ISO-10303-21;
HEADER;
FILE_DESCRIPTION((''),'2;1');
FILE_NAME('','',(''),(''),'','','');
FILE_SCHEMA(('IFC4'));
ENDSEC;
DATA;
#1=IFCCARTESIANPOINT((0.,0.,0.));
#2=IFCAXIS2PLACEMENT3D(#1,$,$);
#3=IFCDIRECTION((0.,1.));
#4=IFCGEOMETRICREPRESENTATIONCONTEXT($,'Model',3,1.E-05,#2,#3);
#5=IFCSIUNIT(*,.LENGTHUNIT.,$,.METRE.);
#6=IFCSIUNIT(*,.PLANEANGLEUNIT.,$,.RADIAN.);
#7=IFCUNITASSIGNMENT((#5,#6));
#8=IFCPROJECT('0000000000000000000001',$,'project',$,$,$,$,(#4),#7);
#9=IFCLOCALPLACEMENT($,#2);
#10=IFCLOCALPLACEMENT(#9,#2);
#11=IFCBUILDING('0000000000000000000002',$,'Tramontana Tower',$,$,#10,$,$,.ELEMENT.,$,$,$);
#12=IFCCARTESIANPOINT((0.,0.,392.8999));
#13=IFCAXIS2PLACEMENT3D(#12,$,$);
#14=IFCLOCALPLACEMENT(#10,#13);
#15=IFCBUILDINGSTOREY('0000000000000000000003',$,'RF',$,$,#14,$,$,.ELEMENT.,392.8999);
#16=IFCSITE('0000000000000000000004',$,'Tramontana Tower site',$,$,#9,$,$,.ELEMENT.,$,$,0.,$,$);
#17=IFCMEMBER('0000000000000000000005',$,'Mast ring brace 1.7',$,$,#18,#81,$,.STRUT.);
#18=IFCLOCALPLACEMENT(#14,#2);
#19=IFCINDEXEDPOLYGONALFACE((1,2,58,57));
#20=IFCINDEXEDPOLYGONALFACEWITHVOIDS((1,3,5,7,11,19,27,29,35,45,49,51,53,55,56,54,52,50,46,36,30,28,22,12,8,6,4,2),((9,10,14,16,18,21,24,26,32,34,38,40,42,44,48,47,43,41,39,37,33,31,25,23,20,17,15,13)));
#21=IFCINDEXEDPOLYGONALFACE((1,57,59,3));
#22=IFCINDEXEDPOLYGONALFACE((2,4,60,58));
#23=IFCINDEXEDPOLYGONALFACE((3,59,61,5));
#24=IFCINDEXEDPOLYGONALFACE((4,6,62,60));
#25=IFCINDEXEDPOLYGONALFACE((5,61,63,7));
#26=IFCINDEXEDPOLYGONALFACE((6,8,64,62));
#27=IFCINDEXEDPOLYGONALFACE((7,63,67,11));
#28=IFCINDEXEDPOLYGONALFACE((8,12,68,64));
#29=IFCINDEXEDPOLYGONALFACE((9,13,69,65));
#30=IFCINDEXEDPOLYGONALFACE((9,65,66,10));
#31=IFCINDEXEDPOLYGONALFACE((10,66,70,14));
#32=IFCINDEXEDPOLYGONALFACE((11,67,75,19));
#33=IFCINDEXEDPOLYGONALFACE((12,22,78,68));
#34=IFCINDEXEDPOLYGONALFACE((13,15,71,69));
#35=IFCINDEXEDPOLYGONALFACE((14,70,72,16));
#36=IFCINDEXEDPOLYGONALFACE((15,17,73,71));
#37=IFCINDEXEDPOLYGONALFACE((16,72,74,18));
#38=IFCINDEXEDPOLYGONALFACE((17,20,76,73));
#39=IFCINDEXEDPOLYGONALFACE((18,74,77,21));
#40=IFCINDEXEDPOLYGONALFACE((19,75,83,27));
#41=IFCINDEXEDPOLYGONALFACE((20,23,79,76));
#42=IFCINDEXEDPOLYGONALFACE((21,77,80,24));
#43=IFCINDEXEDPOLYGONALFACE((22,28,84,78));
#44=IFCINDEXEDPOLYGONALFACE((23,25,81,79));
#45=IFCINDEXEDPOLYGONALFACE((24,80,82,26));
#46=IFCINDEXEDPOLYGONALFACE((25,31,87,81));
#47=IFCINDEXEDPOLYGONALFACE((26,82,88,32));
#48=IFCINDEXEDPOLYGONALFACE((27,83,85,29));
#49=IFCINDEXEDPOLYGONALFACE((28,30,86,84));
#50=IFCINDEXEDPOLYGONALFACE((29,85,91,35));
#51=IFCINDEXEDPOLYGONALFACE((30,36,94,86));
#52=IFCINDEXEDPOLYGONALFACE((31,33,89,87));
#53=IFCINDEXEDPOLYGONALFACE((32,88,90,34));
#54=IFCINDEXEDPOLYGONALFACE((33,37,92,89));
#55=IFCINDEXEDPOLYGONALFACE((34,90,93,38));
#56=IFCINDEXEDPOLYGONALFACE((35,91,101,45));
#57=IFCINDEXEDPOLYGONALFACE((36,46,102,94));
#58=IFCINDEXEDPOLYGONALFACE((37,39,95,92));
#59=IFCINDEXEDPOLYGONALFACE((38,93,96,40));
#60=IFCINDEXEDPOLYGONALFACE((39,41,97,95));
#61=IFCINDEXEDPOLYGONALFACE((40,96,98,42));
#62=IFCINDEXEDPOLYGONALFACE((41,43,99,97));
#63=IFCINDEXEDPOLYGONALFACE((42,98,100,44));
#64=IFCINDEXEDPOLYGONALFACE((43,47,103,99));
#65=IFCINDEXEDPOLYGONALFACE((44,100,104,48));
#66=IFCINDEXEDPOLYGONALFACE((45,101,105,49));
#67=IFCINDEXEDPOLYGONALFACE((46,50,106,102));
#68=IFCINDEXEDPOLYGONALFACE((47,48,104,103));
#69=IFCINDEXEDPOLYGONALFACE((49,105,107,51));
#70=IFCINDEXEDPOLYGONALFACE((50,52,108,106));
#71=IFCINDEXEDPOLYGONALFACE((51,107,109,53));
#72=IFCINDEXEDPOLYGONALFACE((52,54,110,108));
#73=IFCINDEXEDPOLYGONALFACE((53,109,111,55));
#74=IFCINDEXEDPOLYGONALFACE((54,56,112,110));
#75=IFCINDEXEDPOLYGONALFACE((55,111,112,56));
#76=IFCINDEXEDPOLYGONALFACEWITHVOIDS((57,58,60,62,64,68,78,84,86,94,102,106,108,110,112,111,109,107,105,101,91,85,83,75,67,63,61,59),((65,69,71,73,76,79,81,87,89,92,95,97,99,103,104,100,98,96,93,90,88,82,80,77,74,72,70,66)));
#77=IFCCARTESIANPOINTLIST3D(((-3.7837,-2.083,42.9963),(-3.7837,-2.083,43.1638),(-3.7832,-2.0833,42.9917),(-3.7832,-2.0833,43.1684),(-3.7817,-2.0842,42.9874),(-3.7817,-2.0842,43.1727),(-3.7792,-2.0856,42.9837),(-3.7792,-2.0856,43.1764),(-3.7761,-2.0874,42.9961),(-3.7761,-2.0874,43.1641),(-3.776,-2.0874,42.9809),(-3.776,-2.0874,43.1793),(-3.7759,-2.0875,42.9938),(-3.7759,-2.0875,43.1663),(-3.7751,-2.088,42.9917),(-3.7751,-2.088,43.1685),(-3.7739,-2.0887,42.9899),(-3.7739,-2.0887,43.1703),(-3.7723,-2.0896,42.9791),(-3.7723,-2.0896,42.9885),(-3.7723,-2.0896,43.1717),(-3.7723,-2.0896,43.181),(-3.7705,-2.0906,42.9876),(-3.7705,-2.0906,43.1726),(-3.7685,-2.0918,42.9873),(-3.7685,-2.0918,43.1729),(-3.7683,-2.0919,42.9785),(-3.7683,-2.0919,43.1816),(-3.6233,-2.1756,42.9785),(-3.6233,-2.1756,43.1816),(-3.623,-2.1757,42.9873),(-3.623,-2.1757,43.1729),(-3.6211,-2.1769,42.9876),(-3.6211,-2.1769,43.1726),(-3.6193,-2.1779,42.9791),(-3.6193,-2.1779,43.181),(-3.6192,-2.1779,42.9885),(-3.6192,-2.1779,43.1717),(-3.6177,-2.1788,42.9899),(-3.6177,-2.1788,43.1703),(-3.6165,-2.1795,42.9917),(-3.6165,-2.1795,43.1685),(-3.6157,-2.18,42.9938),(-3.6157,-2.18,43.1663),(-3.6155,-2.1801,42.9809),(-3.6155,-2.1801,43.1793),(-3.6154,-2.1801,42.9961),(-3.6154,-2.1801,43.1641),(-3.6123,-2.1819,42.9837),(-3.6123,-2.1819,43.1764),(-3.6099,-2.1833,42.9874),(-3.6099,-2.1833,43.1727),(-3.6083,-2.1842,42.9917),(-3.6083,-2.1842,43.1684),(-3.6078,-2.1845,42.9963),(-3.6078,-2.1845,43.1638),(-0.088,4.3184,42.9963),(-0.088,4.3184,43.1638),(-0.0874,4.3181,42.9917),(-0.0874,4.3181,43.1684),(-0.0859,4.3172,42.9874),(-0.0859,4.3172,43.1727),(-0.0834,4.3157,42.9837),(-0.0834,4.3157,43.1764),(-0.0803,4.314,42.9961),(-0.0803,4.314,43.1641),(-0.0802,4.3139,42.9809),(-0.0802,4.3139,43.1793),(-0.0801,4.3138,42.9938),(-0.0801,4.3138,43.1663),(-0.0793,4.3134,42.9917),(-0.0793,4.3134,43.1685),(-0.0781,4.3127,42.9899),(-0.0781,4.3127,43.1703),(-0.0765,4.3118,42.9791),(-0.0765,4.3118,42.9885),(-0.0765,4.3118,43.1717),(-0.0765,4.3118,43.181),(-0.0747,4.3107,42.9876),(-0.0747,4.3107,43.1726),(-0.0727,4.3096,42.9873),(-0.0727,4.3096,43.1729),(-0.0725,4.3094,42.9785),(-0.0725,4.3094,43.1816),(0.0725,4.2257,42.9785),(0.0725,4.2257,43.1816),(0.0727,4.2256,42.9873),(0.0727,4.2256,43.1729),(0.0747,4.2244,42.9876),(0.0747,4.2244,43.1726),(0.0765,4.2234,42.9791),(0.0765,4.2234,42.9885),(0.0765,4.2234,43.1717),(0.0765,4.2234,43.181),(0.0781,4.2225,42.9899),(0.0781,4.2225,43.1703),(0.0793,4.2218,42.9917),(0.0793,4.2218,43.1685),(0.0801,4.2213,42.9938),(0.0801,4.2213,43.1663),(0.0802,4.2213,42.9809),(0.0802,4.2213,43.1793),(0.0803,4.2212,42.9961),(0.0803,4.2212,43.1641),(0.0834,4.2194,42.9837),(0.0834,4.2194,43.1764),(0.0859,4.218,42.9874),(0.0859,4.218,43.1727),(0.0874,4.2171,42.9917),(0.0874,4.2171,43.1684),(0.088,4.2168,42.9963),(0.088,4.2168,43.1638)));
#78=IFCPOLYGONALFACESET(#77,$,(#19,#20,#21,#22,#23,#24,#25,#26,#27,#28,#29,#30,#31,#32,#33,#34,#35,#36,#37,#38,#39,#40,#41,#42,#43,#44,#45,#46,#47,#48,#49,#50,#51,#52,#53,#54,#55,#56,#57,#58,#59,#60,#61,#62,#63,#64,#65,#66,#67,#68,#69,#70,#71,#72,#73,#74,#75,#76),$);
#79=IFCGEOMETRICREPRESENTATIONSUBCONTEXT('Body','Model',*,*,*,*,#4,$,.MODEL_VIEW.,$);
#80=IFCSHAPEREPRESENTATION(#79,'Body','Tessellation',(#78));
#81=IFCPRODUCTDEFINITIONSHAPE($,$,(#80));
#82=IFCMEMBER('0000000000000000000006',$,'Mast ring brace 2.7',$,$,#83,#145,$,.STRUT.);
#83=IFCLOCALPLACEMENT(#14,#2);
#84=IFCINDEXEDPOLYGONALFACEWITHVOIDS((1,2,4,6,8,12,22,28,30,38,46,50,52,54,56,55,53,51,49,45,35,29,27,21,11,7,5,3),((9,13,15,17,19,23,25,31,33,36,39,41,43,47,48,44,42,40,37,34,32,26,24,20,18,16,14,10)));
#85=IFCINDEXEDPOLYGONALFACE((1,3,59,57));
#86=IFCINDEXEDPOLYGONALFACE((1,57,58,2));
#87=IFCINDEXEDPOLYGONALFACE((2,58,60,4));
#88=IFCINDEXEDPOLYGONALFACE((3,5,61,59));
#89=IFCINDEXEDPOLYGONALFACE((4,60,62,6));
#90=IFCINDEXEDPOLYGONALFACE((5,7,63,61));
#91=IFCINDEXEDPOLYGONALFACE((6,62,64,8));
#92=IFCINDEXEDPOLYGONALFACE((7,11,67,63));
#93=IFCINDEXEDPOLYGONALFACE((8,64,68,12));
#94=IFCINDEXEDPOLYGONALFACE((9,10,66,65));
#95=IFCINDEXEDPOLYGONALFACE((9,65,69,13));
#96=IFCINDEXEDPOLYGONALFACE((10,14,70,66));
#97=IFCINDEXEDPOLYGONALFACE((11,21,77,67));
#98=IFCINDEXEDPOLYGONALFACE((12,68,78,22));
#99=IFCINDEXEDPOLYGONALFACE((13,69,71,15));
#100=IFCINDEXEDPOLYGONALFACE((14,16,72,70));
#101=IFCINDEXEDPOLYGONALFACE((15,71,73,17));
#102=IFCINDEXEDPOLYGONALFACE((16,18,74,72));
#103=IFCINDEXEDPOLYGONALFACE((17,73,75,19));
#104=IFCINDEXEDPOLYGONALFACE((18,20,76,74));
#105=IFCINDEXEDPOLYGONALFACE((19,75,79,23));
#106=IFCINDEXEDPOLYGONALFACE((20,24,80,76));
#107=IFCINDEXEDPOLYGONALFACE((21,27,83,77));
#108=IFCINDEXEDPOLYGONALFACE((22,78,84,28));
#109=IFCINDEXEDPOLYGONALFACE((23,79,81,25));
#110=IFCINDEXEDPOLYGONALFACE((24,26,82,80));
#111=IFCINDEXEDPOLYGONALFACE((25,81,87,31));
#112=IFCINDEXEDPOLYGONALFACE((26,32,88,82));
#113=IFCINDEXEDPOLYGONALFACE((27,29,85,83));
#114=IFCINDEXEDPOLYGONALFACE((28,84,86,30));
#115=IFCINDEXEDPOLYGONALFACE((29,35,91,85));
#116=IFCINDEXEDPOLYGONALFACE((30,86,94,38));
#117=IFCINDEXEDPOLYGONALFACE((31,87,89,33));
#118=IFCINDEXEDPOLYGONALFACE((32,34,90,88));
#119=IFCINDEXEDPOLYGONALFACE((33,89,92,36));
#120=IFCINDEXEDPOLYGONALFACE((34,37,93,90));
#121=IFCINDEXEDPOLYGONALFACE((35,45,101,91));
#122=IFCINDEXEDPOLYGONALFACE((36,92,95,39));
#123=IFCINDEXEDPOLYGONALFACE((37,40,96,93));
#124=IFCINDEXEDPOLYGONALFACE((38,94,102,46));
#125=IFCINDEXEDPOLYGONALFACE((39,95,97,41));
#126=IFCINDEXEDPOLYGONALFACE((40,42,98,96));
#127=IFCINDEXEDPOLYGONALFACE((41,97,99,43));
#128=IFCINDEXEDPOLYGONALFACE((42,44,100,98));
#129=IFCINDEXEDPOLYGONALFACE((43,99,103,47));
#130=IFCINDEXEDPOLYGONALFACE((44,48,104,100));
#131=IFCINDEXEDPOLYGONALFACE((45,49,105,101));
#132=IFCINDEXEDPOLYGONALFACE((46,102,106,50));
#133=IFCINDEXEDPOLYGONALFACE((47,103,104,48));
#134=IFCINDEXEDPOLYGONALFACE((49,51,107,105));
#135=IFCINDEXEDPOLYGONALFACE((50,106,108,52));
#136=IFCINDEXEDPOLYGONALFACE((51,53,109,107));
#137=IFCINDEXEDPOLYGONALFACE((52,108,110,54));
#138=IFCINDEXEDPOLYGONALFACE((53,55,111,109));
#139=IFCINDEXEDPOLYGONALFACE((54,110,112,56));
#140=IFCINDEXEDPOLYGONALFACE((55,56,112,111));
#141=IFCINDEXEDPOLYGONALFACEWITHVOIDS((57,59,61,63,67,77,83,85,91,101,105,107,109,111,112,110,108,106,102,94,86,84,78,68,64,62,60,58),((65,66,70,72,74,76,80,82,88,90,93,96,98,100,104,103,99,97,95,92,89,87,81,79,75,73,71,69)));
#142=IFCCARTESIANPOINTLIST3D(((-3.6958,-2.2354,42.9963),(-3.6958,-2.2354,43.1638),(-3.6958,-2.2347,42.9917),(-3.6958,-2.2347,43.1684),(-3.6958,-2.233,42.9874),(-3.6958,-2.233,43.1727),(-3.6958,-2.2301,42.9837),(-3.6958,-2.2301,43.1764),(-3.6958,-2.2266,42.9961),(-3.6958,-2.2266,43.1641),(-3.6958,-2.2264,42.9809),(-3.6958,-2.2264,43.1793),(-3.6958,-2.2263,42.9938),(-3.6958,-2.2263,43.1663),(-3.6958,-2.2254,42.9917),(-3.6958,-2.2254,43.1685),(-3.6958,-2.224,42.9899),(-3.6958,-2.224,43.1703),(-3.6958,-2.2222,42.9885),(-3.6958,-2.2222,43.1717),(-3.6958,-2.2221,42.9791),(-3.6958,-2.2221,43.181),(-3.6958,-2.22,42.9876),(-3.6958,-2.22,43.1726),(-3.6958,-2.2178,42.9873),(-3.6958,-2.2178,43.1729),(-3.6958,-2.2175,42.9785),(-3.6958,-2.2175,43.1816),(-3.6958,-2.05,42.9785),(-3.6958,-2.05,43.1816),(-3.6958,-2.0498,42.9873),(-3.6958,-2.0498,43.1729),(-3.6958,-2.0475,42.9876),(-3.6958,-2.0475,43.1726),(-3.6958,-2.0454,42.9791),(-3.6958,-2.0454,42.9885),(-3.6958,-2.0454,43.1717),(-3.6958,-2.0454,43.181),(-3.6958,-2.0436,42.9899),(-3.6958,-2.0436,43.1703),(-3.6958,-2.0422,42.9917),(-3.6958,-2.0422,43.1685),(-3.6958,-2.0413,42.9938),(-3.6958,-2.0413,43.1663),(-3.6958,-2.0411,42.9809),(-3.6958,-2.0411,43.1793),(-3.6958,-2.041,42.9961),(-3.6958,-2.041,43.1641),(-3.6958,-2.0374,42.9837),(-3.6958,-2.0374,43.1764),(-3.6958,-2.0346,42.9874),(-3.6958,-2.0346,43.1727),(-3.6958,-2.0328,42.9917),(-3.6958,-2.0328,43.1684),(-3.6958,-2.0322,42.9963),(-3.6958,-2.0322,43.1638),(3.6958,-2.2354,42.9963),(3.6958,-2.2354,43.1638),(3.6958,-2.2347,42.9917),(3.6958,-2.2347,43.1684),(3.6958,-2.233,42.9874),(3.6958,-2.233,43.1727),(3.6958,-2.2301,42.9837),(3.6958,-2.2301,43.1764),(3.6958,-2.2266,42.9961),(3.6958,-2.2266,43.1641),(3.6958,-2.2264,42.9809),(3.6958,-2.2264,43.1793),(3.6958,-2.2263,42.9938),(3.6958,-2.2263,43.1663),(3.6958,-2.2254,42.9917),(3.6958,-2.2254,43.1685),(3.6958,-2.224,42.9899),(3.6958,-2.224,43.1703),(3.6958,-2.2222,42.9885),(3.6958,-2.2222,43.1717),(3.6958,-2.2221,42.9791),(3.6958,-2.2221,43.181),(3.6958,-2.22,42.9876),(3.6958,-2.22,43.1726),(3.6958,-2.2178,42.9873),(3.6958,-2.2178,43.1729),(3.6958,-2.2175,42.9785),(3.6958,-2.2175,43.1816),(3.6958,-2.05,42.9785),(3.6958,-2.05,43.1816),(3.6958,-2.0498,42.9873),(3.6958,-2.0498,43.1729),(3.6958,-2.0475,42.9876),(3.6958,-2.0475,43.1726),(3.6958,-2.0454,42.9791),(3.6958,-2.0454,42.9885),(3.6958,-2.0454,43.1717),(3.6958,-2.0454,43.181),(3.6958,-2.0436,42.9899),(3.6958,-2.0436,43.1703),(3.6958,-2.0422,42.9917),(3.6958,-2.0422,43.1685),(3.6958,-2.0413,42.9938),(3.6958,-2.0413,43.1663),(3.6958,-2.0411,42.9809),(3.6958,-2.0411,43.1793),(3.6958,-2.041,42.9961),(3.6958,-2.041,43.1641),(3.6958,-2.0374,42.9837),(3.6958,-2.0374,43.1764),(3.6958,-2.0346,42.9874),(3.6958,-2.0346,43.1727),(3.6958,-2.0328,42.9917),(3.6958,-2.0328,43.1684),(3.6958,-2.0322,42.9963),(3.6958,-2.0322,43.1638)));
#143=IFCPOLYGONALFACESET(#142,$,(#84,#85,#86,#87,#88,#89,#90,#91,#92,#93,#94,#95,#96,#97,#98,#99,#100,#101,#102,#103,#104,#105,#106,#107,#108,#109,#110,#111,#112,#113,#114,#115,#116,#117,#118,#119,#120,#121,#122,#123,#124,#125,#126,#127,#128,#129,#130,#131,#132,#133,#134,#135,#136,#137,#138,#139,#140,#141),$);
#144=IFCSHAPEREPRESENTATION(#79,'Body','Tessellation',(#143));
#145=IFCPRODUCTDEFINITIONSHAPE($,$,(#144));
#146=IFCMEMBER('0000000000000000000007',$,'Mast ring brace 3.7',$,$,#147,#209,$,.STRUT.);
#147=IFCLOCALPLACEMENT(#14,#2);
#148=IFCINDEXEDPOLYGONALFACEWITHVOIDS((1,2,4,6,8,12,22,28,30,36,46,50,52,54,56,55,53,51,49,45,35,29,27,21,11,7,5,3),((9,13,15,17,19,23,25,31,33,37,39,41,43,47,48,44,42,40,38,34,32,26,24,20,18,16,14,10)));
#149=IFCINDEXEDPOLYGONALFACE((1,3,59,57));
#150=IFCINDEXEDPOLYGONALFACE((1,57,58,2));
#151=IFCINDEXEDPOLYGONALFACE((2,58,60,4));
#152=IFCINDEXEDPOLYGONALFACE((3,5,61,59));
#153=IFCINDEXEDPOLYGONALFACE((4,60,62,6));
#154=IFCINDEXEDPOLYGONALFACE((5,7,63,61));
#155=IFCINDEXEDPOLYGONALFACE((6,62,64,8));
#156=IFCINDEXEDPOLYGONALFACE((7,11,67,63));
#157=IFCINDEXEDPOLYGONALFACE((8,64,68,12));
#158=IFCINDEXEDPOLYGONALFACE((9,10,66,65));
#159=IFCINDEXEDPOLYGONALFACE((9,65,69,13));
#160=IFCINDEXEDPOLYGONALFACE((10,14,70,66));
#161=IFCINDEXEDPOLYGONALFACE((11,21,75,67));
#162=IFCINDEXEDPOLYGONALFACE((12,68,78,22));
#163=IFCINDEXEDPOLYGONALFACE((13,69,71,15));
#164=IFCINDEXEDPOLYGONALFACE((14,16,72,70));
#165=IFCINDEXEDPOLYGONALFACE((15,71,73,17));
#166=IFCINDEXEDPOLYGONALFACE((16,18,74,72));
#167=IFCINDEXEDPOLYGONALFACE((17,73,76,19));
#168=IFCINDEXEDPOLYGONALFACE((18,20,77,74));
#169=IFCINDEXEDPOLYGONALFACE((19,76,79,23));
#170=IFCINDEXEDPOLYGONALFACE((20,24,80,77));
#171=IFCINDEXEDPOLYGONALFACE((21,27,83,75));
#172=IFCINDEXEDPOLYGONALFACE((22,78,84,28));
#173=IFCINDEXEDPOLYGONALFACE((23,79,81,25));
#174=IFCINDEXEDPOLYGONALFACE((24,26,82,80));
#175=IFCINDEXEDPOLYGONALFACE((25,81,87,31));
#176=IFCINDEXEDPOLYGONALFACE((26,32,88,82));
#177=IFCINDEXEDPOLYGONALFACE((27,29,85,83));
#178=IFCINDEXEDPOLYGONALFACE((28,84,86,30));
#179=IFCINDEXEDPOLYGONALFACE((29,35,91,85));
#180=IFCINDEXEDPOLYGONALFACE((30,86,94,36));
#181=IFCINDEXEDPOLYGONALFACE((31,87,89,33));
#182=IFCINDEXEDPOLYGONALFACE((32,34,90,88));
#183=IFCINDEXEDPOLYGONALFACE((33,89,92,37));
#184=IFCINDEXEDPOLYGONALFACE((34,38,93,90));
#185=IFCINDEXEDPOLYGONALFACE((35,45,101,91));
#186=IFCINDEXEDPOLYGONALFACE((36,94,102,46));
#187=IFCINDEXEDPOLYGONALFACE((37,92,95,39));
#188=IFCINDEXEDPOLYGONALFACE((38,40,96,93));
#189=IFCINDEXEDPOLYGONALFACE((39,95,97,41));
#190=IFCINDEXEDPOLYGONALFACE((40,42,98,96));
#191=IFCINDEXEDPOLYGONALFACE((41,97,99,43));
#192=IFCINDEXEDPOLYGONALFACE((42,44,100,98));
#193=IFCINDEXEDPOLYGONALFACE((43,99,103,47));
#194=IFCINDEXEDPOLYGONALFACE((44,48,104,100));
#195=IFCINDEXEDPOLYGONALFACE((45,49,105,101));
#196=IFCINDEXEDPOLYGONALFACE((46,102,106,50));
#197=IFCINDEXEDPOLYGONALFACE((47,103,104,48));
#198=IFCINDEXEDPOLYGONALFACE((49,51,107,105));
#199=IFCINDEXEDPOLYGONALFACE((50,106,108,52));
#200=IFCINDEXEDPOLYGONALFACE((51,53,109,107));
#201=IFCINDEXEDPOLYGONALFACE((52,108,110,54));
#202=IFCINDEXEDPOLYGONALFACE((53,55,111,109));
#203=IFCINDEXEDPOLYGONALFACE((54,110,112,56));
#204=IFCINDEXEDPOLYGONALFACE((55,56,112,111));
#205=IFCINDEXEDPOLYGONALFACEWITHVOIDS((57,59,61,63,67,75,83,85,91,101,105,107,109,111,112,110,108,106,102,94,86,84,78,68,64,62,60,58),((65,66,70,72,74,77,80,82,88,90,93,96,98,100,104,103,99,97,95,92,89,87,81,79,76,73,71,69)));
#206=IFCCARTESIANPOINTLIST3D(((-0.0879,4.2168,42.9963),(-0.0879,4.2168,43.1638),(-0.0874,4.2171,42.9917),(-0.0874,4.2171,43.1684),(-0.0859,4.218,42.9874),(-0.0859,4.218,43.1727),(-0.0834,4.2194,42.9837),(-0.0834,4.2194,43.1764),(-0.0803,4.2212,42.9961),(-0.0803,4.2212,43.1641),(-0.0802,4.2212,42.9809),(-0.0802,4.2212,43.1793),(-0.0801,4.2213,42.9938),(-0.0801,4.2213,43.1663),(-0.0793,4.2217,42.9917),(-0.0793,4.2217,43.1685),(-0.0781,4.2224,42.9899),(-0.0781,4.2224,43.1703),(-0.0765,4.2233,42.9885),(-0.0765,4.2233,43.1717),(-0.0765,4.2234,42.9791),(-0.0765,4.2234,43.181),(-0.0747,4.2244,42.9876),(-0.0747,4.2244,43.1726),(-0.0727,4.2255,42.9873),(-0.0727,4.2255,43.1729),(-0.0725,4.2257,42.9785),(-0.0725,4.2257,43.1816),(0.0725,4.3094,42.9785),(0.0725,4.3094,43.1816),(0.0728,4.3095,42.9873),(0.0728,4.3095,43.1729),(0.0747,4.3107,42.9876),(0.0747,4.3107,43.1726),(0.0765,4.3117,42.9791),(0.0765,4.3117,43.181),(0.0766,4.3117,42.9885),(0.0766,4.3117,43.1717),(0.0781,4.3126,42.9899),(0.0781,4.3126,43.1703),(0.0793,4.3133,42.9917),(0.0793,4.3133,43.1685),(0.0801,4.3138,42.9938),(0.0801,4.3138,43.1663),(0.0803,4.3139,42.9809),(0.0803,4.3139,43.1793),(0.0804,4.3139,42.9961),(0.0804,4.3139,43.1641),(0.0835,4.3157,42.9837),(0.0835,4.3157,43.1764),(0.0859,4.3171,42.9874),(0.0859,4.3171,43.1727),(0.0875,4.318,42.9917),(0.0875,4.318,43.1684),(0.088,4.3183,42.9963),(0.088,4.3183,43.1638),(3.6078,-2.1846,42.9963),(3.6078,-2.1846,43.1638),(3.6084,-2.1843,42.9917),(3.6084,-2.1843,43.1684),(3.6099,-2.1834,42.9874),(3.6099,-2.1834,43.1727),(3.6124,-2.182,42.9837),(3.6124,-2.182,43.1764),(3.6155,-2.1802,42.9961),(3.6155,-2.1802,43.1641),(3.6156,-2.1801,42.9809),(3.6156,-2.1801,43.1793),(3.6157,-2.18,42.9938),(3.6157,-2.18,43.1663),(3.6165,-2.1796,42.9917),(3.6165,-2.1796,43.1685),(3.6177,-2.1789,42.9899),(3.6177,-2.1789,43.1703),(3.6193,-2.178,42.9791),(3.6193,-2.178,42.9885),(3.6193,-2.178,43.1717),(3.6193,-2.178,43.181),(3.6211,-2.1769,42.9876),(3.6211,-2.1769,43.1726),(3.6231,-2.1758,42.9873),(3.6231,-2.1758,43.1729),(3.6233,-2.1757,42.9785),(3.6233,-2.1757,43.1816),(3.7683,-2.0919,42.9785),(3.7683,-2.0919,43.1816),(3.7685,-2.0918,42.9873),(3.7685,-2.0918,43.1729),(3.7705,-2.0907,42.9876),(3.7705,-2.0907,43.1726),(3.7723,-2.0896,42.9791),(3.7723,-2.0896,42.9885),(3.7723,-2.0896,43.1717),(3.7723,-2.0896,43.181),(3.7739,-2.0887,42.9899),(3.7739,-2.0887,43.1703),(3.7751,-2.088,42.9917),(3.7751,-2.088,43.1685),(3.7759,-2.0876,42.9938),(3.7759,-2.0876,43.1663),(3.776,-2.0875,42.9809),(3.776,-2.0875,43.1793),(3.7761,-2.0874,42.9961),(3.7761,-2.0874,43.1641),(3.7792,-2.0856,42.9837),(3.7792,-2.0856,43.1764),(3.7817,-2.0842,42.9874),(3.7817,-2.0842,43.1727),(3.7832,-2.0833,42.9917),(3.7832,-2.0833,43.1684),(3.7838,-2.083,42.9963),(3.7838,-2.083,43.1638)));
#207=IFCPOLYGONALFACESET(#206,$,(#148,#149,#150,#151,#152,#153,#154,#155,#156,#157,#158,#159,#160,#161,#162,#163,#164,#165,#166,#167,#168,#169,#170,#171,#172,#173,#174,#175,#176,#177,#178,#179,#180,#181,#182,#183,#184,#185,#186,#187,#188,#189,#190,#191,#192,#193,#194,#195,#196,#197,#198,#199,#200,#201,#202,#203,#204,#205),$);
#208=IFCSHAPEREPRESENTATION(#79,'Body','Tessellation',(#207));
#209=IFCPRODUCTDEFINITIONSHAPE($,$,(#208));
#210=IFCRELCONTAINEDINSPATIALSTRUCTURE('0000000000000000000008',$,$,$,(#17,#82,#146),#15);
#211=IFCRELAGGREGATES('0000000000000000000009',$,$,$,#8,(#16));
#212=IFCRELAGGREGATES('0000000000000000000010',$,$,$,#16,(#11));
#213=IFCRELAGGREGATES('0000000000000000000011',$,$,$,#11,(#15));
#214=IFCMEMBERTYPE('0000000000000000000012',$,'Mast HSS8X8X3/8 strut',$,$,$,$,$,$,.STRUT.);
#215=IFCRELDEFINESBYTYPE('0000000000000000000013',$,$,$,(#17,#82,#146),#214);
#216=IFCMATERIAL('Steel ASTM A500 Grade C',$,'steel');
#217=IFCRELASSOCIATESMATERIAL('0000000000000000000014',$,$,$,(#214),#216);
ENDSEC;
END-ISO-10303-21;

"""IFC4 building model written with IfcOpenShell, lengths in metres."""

from ifc_helpers import new_model, si_unit, direction, frame, origin, origin_2d, place, context, subcontext, project, spatial, hollow_rectangle, extrude, material, material_profile, profile_set, type_object, element, save


model = new_model("IFC4")

# Units and contexts
model_context = context("Model", 3, precision=1e-05, world=origin(), true_north=direction((0.0, 1.0)))
body_context = subcontext(model_context, "Body", "Model", "MODEL_VIEW")
ifc_project = project(units=[si_unit("LENGTHUNIT", "METRE"), si_unit("PLANEANGLEUNIT", "RADIAN")], contexts=[model_context])

# Site, building, storey
site_placement = place(None, origin())
site = spatial("IfcSite", under=ifc_project, at=site_placement, Name="Tramontana Tower site", CompositionType="ELEMENT", RefElevation=0.0)
building_placement = place(site_placement, origin())
building = spatial("IfcBuilding", under=site, at=building_placement, Name="Tramontana Tower", CompositionType="ELEMENT")
storey_placement = place(building_placement, frame((0.0, 0.0, 392.8999)))
storey = spatial("IfcBuildingStorey", under=building, at=storey_placement, Name="RF", CompositionType="ELEMENT", Elevation=392.8999)

# Members
ifc_material_1 = material(Name="Steel ASTM A500 Grade C", Category="steel")
ifc_material_profile_1 = material_profile(ifc_material_1, hollow_rectangle(XDim=0.2031, YDim=0.2031, WallThickness=0.0088, InnerFilletRadius=0.0088, OuterFilletRadius=0.0178, at=origin_2d()), Name="HSS8X8X3/8")
ifc_profile_set_1 = profile_set([ifc_material_profile_1], Name="Steel ASTM A500 Grade C")
member_type_1 = type_object("IfcMemberType", Name="Mast HSS8X8X3/8 strut", PredefinedType="STRUT", material=ifc_profile_set_1)
for number, where, z_axis, x_axis, name in (
    (1, (0.0, 4.2676, 43.0801), (-0.499997, -0.866027, 0.0), (0.866027, -0.499997, 0.0), "Mast ring brace 1.7"),
    (2, (-3.6958, -2.1338, 43.0801), (1.0, 0.0, 0.0), (0.0, 1.0, 0.0), "Mast ring brace 2.7"),
    (3, (3.6958, -2.1338, 43.0801), (-0.499997, 0.866027, 0.0), (-0.866027, -0.499997, 0.0), "Mast ring brace 3.7"),
):
    element("IfcMember", number, at=place(storey_placement, frame(where, z_axis=z_axis, x_axis=x_axis)), inside=storey, type_object=member_type_1, Name=name, PredefinedType="STRUT", context=body_context, shape_type="SweptSolid", body=[
        extrude(hollow_rectangle(XDim=0.2031, YDim=0.2031, WallThickness=0.0088, InnerFilletRadius=0.0088, OuterFilletRadius=0.0178, at=origin_2d()), origin(), (0.0, 0.0, 1.0), 7.3916),
    ])

save(model, "model.ifc")
